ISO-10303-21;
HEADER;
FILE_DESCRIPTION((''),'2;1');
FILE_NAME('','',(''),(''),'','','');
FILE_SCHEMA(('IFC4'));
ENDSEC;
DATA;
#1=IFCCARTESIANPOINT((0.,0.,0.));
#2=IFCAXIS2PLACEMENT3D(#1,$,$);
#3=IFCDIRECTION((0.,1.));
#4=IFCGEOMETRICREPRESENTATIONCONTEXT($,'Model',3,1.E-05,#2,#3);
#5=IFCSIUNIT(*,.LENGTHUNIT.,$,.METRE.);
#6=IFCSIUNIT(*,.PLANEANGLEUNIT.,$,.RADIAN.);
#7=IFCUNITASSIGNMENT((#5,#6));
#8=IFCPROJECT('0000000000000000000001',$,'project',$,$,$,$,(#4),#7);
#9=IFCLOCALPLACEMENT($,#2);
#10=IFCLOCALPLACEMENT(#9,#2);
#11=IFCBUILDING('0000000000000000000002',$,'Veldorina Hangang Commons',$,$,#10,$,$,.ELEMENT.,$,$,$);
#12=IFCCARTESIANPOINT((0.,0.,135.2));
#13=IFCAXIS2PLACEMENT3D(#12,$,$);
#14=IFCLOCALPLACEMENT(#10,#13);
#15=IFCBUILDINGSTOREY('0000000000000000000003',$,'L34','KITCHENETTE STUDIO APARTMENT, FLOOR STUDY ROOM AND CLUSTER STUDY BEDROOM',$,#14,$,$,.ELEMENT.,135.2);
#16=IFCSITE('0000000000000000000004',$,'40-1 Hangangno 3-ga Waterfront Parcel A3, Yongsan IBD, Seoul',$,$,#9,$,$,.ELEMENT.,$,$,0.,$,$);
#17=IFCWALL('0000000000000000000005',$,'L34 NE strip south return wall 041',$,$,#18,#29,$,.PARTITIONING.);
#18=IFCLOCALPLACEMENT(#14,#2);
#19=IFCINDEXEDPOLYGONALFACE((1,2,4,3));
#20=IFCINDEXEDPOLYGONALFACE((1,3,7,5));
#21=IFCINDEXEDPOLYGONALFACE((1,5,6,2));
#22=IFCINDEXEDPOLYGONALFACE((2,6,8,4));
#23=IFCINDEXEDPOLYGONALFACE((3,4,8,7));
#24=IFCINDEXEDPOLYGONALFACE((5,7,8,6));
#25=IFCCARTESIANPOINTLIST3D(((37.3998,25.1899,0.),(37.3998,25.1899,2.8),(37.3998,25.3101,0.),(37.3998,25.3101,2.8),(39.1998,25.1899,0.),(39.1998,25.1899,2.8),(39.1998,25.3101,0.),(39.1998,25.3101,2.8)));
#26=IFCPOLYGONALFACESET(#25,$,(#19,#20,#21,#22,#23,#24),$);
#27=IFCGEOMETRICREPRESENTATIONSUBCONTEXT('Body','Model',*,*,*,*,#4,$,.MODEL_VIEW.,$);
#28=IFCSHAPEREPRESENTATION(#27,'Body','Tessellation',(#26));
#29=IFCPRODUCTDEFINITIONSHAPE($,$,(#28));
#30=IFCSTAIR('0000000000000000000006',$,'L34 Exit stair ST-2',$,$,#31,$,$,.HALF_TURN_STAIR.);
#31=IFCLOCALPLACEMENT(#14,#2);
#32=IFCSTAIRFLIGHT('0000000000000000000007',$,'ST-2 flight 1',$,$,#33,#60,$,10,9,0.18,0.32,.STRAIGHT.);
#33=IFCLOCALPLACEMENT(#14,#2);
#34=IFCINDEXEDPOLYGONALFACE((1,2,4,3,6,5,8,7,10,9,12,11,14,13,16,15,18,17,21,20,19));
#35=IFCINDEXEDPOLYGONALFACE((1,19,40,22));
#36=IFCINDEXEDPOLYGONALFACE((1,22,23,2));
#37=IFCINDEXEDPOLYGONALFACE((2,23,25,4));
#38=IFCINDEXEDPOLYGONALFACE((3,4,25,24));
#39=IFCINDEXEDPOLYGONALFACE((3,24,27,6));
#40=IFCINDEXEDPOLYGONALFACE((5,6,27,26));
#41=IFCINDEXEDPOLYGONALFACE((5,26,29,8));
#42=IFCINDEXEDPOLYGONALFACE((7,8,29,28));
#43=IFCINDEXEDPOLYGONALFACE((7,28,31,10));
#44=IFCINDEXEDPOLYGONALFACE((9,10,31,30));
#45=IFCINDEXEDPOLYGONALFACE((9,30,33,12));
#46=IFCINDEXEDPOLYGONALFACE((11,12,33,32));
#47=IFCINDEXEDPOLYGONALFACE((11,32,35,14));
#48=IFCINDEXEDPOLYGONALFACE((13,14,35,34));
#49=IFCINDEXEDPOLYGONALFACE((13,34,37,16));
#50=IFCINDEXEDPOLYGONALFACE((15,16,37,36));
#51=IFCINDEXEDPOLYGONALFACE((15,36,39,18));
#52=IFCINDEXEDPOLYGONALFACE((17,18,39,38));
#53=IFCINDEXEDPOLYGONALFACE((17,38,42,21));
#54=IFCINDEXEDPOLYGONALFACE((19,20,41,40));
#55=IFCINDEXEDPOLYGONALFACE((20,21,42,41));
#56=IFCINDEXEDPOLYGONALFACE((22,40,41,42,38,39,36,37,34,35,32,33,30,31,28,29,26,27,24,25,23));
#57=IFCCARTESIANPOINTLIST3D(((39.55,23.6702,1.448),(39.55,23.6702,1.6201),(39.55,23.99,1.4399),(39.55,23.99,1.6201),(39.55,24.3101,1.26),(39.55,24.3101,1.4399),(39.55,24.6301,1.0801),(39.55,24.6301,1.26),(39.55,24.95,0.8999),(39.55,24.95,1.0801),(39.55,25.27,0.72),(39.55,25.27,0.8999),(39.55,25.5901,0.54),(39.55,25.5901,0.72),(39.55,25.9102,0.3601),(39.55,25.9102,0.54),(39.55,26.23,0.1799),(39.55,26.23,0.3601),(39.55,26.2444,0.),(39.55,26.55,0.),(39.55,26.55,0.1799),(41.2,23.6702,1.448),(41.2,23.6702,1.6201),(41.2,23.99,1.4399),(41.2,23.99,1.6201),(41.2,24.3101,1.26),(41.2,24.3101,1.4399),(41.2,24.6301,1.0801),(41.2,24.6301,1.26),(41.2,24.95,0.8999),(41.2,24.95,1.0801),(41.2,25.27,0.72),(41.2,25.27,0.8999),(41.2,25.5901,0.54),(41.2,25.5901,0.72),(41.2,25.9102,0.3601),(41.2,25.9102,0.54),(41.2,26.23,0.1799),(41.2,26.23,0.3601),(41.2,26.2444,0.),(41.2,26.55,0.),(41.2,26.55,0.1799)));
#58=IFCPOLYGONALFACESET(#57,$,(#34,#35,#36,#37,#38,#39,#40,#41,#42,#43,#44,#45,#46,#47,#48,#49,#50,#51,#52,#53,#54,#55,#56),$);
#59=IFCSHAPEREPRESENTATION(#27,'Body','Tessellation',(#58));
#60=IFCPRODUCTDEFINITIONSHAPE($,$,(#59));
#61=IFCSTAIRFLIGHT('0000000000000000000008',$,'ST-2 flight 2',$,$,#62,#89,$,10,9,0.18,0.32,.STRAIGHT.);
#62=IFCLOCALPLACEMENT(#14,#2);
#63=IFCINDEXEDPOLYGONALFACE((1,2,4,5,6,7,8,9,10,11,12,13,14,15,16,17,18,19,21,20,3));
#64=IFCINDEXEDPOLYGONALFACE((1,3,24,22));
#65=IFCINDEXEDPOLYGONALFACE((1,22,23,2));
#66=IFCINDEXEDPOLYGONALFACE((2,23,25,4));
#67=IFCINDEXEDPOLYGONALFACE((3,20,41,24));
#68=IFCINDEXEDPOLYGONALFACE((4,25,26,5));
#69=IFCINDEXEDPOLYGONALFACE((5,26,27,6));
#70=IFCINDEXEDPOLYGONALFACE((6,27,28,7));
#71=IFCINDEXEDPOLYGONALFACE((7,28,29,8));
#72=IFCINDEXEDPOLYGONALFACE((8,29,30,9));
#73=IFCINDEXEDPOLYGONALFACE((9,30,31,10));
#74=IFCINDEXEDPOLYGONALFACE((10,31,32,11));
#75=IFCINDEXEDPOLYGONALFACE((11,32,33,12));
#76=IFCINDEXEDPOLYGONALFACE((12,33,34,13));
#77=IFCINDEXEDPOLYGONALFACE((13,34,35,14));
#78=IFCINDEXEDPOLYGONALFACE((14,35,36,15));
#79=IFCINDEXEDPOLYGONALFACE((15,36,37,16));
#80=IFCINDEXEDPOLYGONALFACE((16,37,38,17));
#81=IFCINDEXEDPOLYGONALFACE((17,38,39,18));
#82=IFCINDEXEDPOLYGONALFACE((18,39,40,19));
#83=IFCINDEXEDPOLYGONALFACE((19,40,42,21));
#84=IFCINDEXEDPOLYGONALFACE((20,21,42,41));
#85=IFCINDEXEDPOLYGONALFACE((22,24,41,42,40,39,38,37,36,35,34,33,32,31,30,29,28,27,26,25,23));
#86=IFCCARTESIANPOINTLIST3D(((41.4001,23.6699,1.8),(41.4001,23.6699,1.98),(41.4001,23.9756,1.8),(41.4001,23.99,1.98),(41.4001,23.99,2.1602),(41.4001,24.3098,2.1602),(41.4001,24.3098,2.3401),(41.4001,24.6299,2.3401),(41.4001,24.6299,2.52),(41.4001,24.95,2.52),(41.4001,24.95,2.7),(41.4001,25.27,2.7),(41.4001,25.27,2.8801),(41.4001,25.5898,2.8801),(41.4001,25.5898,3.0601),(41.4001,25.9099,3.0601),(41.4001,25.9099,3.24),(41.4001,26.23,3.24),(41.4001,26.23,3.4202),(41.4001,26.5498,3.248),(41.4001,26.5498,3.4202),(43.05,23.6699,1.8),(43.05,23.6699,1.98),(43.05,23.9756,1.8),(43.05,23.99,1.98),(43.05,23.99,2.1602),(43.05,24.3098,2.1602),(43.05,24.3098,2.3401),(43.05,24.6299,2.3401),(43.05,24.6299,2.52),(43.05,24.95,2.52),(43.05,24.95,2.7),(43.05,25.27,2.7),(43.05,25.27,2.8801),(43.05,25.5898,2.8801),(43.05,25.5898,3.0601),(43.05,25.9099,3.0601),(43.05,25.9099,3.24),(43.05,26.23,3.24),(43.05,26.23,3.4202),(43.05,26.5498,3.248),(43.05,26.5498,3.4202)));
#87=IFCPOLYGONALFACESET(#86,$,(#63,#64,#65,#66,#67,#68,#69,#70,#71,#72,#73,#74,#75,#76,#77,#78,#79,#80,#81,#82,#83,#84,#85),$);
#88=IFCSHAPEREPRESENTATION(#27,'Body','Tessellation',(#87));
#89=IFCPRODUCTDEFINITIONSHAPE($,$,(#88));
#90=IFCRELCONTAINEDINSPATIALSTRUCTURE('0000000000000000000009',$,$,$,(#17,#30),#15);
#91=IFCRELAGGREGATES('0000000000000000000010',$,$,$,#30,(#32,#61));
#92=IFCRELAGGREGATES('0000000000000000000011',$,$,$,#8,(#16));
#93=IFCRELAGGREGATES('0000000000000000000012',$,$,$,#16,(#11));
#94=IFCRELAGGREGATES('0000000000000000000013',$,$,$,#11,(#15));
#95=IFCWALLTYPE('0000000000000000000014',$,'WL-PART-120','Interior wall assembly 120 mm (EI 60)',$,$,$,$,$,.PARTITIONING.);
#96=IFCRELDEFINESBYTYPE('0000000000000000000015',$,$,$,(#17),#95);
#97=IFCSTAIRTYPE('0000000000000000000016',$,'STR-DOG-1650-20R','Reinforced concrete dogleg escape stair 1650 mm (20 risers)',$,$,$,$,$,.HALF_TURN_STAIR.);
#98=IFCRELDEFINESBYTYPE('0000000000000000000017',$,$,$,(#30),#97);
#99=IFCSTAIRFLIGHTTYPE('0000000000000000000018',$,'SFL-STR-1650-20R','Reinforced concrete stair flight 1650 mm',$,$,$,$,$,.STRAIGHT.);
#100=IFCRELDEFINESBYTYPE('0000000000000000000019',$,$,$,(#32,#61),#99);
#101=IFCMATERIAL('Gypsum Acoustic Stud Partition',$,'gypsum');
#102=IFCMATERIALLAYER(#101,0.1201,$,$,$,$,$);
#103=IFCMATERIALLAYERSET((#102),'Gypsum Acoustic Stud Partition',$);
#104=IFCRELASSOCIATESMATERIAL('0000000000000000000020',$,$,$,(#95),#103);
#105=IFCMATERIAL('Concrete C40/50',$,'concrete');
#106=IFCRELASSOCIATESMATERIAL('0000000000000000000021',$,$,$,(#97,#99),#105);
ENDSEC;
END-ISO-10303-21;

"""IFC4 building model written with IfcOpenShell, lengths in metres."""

from ifc_helpers import new_model, si_unit, direction, frame, frame_2d, origin, place, context, subcontext, project, spatial, polyline, rectangle, outline, extrude, material, layer, layer_set, type_object, element, aggregate, save


model = new_model("IFC4")

# Units and contexts
model_context = context("Model", 3, precision=1e-05, world=origin(), true_north=direction((0.0, 1.0)))
body_context = subcontext(model_context, "Body", "Model", "MODEL_VIEW")
ifc_project = project(units=[si_unit("LENGTHUNIT", "METRE"), si_unit("PLANEANGLEUNIT", "RADIAN")], contexts=[model_context])

# Site, building, storey
site_placement = place(None, origin())
site = spatial("IfcSite", under=ifc_project, at=site_placement, Name="40-1 Hangangno 3-ga Waterfront Parcel A3, Yongsan IBD, Seoul", CompositionType="ELEMENT", RefElevation=0.0)
building_placement = place(site_placement, origin())
building = spatial("IfcBuilding", under=site, at=building_placement, Name="Veldorina Hangang Commons", CompositionType="ELEMENT")
storey_placement = place(building_placement, frame((0.0, 0.0, 135.2)))
storey = spatial("IfcBuildingStorey", under=building, at=storey_placement, Name="L34", Description="KITCHENETTE STUDIO APARTMENT, FLOOR STUDY ROOM AND CLUSTER STUDY BEDROOM", CompositionType="ELEMENT", Elevation=135.2)

# Shared definitions
ifc_material_1 = material(Name="Gypsum Acoustic Stud Partition", Category="gypsum")
ifc_layer_1 = layer(ifc_material_1, 0.1201)
ifc_layer_set_1 = layer_set([ifc_layer_1], Name="Gypsum Acoustic Stud Partition")
wall_type_1 = type_object("IfcWallType", Name="WL-PART-120", Description="Interior wall assembly 120 mm (EI 60)", PredefinedType="PARTITIONING", material=ifc_layer_set_1)

# Wall
wall_1_placement = place(storey_placement, frame((37.3999, 25.25, 0.0), z_axis=(0.0, 0.0, 1.0), x_axis=(1.0, 0.0, 0.0)))
element("IfcWall", 1, at=wall_1_placement, inside=storey, type_object=wall_type_1, Name="L34 NE strip south return wall 041", PredefinedType="PARTITIONING", context=body_context, shape_type="SweptSolid", body=[
    extrude(rectangle(XDim=1.8, YDim=0.1201, at=frame_2d((0.8999, 0.0))), origin(), (0.0, 0.0, 1.0), 2.8),
])

# Stair, stair flights
ifc_material_2 = material(Name="Concrete C40/50", Category="concrete")
stair_type = type_object("IfcStairType", Name="STR-DOG-1650-20R", Description="Reinforced concrete dogleg escape stair 1650 mm (20 risers)", PredefinedType="HALF_TURN_STAIR", material=ifc_material_2)
stair_placement = place(storey_placement, origin())
stair = element("IfcStair", 2, at=stair_placement, inside=storey, type_object=stair_type, Name="L34 Exit stair ST-2", PredefinedType="HALF_TURN_STAIR")
stair_flight_type = type_object("IfcStairFlightType", Name="SFL-STR-1650-20R", Description="Reinforced concrete stair flight 1650 mm", PredefinedType="STRAIGHT", material=ifc_material_2)
stair_flight_1_placement = place(storey_placement, frame((40.375, 26.55, 0.0), z_axis=(0.0, 0.0, 1.0), x_axis=(0.0, -1.0, 0.0)))
stair_flight_1 = element("IfcStairFlight", 3, at=stair_flight_1_placement, type_object=stair_flight_type, Name="ST-2 flight 1", NumberOfRisers=10, NumberOfTreads=9, PredefinedType="STRAIGHT", RiserHeight=0.18, TreadLength=0.32, context=body_context, shape_type="SweptSolid", body=[
    extrude(outline(polyline([(0.0, 0.0), (0.0, 0.1799), (0.3201, 0.1799), (0.3201, 0.3601), (0.6399, 0.3601), (0.6399, 0.54), (0.96, 0.54), (0.96, 0.72), (1.28, 0.72), (1.28, 0.8999), (1.6001, 0.8999), (1.6001, 1.0801), (1.9199, 1.0801), (1.9199, 1.26), (2.24, 1.26), (2.24, 1.4399), (2.5601, 1.4399), (2.5601, 1.6201), (2.8799, 1.6201), (2.8799, 1.8), (2.8799, 1.448), (0.3057, 0.0), (0.0, 0.0)])), frame((0.0, 0.825, 0.0), z_axis=(0.0, -1.0, 0.0), x_axis=(1.0, 0.0, 0.0)), (0.0, 0.0, 1.0), 1.6499),
])
stair_flight_2_placement = place(storey_placement, frame((42.2251, 23.6699, 1.8), z_axis=(0.0, 0.0, 1.0), x_axis=(0.0, 1.0, 0.0)))
stair_flight_2 = element("IfcStairFlight", 4, at=stair_flight_2_placement, type_object=stair_flight_type, Name="ST-2 flight 2", NumberOfRisers=10, NumberOfTreads=9, PredefinedType="STRAIGHT", RiserHeight=0.18, TreadLength=0.32, context=body_context, shape_type="SweptSolid", body=[
    extrude(outline(polyline([(0.0, 0.0), (0.0, 0.1799), (0.3201, 0.1799), (0.3201, 0.3601), (0.6399, 0.3601), (0.6399, 0.54), (0.96, 0.54), (0.96, 0.72), (1.28, 0.72), (1.28, 0.8999), (1.6001, 0.8999), (1.6001, 1.0801), (1.9199, 1.0801), (1.9199, 1.26), (2.24, 1.26), (2.24, 1.4399), (2.5601, 1.4399), (2.5601, 1.6201), (2.8799, 1.6201), (2.8799, 1.8), (2.8799, 1.448), (0.3057, 0.0), (0.0, 0.0)])), frame((0.0, 0.825, 0.0), z_axis=(0.0, -1.0, 0.0), x_axis=(1.0, 0.0, 0.0)), (0.0, 0.0, 1.0), 1.6499),
])
aggregate(stair, [stair_flight_1, stair_flight_2])

save(model, "model.ifc")
